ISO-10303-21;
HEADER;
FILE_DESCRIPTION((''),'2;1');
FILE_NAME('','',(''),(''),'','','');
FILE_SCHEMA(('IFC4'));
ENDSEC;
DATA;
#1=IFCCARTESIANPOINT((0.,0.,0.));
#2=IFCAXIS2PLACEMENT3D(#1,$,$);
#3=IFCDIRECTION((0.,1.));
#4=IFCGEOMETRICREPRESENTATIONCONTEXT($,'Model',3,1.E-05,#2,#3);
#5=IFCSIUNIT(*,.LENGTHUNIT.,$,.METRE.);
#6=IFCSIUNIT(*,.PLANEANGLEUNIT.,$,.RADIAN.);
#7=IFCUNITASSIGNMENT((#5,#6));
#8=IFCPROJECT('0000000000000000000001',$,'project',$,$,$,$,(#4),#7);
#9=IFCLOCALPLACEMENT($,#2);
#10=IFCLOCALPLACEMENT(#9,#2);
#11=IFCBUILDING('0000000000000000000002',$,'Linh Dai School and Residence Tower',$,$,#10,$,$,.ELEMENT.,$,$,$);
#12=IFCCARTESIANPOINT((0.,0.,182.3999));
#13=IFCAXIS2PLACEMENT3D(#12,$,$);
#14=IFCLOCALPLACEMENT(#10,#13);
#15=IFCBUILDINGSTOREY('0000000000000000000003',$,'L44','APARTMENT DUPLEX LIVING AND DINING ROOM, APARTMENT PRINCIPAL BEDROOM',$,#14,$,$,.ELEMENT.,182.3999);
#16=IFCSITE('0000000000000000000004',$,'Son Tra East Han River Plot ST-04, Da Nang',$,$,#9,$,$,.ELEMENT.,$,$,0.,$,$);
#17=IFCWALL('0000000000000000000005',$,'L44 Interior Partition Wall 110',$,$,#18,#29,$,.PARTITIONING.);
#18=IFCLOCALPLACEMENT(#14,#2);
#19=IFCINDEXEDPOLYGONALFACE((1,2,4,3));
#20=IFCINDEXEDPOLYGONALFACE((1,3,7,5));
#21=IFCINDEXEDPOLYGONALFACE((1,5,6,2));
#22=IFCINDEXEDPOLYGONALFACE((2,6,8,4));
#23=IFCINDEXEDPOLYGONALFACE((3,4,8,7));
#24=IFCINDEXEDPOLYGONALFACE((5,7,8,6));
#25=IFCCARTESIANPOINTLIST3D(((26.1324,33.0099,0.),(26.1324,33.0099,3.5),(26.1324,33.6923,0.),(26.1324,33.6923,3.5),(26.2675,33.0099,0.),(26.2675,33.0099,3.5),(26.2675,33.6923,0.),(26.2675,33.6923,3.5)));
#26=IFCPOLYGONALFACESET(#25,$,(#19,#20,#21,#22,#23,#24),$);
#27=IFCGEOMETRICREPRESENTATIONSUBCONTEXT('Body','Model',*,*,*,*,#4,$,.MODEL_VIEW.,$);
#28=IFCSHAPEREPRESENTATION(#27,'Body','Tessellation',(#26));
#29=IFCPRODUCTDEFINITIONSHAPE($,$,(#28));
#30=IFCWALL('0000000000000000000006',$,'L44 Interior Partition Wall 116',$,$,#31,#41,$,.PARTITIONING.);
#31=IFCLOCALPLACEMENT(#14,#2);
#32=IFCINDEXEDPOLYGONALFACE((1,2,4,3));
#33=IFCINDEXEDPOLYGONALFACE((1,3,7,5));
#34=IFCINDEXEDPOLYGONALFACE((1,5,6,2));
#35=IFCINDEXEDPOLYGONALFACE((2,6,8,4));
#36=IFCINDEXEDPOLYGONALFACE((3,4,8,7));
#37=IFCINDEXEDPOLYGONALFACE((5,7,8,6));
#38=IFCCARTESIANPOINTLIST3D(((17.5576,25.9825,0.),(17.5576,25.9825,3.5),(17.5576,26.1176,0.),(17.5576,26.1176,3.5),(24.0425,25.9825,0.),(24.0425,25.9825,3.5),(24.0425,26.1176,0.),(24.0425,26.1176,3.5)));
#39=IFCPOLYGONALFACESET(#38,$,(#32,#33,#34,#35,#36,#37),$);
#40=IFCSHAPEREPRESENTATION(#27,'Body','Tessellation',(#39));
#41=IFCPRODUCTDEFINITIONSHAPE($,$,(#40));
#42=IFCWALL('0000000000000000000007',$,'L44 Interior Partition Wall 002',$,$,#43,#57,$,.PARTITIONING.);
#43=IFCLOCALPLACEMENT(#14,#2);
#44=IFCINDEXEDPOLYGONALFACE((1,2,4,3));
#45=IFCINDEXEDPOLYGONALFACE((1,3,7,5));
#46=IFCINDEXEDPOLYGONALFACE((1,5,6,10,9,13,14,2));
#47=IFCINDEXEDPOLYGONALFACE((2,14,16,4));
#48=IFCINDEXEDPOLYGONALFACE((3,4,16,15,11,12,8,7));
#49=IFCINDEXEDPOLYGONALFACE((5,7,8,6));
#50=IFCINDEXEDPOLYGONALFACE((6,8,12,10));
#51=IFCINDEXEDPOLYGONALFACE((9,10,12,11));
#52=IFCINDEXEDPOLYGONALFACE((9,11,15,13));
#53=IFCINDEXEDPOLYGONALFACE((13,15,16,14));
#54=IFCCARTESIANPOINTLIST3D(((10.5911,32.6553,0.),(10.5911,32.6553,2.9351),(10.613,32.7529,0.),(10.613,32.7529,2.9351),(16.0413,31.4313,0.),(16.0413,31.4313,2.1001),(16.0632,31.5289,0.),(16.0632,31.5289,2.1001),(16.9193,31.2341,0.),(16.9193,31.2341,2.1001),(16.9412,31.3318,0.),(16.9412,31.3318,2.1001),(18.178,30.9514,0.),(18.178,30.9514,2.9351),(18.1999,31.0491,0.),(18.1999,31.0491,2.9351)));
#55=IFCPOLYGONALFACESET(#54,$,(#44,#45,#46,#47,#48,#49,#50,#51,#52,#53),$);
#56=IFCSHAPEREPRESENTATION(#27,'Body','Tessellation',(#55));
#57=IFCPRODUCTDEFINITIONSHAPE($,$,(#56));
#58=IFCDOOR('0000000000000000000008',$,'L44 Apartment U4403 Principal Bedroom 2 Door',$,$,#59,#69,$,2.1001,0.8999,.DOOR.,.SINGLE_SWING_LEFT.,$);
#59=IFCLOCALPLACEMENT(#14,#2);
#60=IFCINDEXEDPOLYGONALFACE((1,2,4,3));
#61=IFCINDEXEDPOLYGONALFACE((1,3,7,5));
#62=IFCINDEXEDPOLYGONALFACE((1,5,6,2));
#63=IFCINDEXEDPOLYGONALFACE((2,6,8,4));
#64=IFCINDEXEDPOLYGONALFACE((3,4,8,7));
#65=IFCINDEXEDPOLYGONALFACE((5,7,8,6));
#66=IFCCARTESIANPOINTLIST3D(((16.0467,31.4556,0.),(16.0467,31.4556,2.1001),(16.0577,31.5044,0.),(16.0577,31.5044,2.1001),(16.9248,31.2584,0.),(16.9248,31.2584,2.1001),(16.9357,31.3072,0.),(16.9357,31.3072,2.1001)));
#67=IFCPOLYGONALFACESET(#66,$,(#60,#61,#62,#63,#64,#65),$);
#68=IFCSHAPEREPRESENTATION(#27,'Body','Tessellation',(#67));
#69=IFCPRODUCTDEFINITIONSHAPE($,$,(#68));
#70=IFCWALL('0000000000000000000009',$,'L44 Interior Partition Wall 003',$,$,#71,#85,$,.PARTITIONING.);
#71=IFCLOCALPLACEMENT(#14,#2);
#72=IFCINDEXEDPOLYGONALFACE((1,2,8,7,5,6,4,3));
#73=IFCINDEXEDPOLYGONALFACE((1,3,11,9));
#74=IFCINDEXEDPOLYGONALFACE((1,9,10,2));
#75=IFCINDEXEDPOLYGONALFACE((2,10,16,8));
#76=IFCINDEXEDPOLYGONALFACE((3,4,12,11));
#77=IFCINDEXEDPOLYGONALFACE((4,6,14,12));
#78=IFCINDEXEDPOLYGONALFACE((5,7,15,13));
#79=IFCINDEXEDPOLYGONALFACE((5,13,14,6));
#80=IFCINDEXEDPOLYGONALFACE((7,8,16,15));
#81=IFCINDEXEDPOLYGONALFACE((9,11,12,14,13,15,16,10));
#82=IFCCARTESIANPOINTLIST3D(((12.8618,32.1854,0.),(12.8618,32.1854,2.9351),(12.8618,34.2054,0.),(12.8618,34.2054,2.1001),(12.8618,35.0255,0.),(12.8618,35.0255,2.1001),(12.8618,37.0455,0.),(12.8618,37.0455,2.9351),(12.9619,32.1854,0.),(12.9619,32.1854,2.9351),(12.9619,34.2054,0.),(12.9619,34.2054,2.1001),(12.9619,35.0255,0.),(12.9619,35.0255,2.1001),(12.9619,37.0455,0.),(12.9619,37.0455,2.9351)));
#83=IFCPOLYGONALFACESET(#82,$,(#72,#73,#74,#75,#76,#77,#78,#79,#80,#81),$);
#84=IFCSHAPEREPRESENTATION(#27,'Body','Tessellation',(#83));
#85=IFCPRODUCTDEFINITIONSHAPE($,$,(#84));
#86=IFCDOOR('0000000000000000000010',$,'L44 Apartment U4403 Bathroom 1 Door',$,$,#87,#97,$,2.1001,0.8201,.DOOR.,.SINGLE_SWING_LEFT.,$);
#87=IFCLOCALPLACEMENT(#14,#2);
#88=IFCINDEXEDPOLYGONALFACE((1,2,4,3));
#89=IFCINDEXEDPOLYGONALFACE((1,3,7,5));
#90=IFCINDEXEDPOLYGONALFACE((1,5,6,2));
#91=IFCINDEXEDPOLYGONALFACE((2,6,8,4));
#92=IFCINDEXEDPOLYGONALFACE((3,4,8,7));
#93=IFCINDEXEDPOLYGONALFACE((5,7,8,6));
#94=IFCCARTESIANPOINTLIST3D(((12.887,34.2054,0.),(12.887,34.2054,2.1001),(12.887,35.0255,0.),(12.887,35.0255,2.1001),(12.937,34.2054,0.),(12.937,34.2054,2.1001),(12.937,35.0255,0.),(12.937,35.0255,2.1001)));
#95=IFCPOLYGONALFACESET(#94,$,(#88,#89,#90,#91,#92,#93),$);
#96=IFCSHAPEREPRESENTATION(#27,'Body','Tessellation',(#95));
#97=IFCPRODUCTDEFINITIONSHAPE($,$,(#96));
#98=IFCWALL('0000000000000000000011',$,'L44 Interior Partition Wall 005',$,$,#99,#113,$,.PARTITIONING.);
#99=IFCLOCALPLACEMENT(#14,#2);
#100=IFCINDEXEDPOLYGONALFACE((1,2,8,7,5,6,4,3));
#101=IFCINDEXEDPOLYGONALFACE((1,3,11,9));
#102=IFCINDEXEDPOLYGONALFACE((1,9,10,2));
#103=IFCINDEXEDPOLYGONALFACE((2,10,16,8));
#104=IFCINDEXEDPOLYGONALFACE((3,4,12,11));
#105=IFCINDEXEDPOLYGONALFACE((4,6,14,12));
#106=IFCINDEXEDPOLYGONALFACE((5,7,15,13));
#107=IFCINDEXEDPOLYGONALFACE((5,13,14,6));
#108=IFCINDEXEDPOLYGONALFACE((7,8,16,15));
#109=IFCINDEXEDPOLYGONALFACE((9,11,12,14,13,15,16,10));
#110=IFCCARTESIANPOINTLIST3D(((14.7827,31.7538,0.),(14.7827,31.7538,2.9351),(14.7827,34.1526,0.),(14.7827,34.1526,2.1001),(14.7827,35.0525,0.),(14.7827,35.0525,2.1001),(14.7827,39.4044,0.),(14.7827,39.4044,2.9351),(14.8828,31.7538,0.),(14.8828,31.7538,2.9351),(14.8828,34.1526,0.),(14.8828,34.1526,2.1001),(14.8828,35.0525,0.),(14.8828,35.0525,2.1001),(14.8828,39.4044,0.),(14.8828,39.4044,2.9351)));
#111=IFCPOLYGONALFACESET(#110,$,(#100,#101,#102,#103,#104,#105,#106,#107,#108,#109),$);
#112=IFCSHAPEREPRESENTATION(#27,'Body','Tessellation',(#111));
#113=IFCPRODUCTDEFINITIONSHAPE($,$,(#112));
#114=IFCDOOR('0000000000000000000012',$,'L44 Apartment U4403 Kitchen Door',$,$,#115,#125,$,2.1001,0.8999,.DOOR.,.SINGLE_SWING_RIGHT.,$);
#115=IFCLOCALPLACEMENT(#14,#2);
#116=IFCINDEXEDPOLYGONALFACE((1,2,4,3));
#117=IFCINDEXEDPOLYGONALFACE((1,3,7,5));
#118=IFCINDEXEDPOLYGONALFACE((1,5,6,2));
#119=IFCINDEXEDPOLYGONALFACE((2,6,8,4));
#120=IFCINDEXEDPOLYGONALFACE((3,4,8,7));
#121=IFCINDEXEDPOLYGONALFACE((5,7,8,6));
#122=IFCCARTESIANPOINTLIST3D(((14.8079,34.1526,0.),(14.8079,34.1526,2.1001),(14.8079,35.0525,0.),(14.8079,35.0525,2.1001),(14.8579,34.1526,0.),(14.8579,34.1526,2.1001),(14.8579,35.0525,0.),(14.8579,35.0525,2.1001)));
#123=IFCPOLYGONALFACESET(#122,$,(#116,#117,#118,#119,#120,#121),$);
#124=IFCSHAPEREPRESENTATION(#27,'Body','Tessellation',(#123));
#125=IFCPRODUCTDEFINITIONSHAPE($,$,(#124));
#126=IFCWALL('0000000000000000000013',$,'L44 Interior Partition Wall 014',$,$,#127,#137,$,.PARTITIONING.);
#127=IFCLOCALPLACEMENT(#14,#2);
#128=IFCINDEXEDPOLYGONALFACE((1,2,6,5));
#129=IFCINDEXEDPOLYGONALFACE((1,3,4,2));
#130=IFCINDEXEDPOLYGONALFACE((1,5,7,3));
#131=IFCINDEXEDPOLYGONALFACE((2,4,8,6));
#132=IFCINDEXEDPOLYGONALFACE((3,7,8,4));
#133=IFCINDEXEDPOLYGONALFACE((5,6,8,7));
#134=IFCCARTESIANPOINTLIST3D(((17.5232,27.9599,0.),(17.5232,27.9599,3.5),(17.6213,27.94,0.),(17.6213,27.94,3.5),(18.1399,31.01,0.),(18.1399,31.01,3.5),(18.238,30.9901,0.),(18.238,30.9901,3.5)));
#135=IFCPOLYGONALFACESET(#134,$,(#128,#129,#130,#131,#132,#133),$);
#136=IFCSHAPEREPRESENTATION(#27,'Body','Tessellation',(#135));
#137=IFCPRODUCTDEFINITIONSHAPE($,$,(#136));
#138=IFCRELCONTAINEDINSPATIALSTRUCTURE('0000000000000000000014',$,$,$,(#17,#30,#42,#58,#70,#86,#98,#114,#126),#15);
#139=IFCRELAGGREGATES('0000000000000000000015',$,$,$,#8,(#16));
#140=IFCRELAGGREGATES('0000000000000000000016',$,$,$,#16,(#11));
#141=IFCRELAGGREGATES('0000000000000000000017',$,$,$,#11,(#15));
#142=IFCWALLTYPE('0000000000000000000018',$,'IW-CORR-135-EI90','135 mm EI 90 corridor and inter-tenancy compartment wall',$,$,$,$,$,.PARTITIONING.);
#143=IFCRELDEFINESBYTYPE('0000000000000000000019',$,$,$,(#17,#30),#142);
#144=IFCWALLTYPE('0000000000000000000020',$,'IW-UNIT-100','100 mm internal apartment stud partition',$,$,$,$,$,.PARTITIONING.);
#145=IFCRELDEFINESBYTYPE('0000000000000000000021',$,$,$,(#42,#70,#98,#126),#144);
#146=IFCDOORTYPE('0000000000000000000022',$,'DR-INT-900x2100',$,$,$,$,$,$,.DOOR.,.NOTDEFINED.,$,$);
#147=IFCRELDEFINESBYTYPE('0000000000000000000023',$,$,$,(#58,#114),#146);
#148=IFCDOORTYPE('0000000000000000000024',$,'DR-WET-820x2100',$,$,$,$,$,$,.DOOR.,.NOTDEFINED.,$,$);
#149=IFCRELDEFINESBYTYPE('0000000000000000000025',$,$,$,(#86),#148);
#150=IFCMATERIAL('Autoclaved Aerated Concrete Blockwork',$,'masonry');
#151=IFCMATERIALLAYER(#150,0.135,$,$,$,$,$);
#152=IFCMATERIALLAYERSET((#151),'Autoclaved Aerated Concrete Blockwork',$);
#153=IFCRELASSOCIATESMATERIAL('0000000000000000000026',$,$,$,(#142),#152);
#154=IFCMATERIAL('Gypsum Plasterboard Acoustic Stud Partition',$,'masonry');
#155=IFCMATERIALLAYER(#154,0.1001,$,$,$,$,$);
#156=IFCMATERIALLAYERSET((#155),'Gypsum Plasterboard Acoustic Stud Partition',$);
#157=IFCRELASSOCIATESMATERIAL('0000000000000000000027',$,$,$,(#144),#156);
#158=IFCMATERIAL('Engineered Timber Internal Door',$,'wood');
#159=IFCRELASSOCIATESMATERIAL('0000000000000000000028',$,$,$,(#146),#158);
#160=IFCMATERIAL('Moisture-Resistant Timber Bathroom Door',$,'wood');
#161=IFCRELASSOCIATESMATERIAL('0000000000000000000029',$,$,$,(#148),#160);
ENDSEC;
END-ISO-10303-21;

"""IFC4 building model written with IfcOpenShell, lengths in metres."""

from ifc_helpers import new_model, si_unit, direction, frame, frame_2d, origin, origin_2d, place, context, subcontext, project, spatial, rectangle, extrude, source, transform, mapped, material, layer, layer_set, type_object, element, fill, save


model = new_model("IFC4")

# Units and contexts
model_context = context("Model", 3, precision=1e-05, world=origin(), true_north=direction((0.0, 1.0)))
body_context = subcontext(model_context, "Body", "Model", "MODEL_VIEW")
ifc_project = project(units=[si_unit("LENGTHUNIT", "METRE"), si_unit("PLANEANGLEUNIT", "RADIAN")], contexts=[model_context])

# Site, building, storey
site_placement = place(None, origin())
site = spatial("IfcSite", under=ifc_project, at=site_placement, Name="Son Tra East Han River Plot ST-04, Da Nang", CompositionType="ELEMENT", RefElevation=0.0)
building_placement = place(site_placement, origin())
building = spatial("IfcBuilding", under=site, at=building_placement, Name="Linh Dai School and Residence Tower", CompositionType="ELEMENT")
storey_placement = place(building_placement, frame((0.0, 0.0, 182.3999)))
storey = spatial("IfcBuildingStorey", under=building, at=storey_placement, Name="L44", Description="APARTMENT DUPLEX LIVING AND DINING ROOM, APARTMENT PRINCIPAL BEDROOM", CompositionType="ELEMENT", Elevation=182.3999)

# Shared definitions
ifc_material_1 = material(Name="Autoclaved Aerated Concrete Blockwork", Category="masonry")
ifc_layer_1 = layer(ifc_material_1, 0.135)
ifc_layer_set_1 = layer_set([ifc_layer_1], Name="Autoclaved Aerated Concrete Blockwork")
wall_type_1 = type_object("IfcWallType", Name="IW-CORR-135-EI90", Description="135 mm EI 90 corridor and inter-tenancy compartment wall", PredefinedType="PARTITIONING", material=ifc_layer_set_1)

# Walls
wall_1_placement = place(storey_placement, frame((26.2, 33.6924, 0.0), z_axis=(0.0, 0.0, 1.0), x_axis=(0.0, -1.0, 0.0)))
element("IfcWall", 1, at=wall_1_placement, inside=storey, type_object=wall_type_1, Name="L44 Interior Partition Wall 110", PredefinedType="PARTITIONING", context=body_context, shape_type="SweptSolid", body=[
    extrude(rectangle(XDim=0.6824, YDim=0.135, at=frame_2d((0.3413, 0.0))), origin(), (0.0, 0.0, 1.0), 3.5),
])
wall_2_placement = place(storey_placement, frame((24.0425, 26.05, 0.0), z_axis=(0.0, 0.0, 1.0), x_axis=(-1.0, 0.0, 0.0)))
element("IfcWall", 2, at=wall_2_placement, inside=storey, type_object=wall_type_1, Name="L44 Interior Partition Wall 116", PredefinedType="PARTITIONING", context=body_context, shape_type="SweptSolid", body=[
    extrude(rectangle(XDim=6.4849, YDim=0.135, at=frame_2d((3.2424, 0.0))), origin(), (0.0, 0.0, 1.0), 3.5),
])

# Walls, openings, doors
ifc_material_2 = material(Name="Gypsum Plasterboard Acoustic Stud Partition", Category="masonry")
ifc_layer_2 = layer(ifc_material_2, 0.1001)
ifc_layer_set_2 = layer_set([ifc_layer_2], Name="Gypsum Plasterboard Acoustic Stud Partition")
wall_type_2 = type_object("IfcWallType", Name="IW-UNIT-100", Description="100 mm internal apartment stud partition", PredefinedType="PARTITIONING", material=ifc_layer_set_2)
wall_3_placement = place(storey_placement, frame((10.6021, 32.7041, 0.0), z_axis=(0.0, 0.0, 1.0), x_axis=(0.975698, -0.219121, 0.0)))
wall_3 = element("IfcWall", 3, at=wall_3_placement, inside=storey, type_object=wall_type_2, Name="L44 Interior Partition Wall 002", PredefinedType="PARTITIONING", context=body_context, shape_type="SweptSolid", body=[
    extrude(rectangle(XDim=7.7759, YDim=0.1001, at=frame_2d((3.8879, 0.0))), origin(), (0.0, 0.0, 1.0), 2.9351),
])
opening_1_placement = place(wall_3_placement, frame((5.5859, 0.0, 0.0)))
opening_1 = element("IfcOpeningElement", 4, at=opening_1_placement, cuts=wall_3, PredefinedType="OPENING", context=body_context, shape_type="SweptSolid", body=[
    extrude(rectangle(XDim=0.8999, YDim=2.1001, at=origin_2d()), frame((0.45, 0.0601, 1.05), z_axis=(0.0, -1.0, 0.0), x_axis=(1.0, 0.0, 0.0)), (0.0, 0.0, 1.0), 0.1201),
])
ifc_material_3 = material(Name="Engineered Timber Internal Door", Category="wood")
door_type_1 = type_object("IfcDoorType", Name="DR-INT-900x2100", OperationType="NOTDEFINED", PredefinedType="DOOR", material=ifc_material_3)
shared_shape_1 = source(origin(), body_context, "Body", "SweptSolid", [
    extrude(rectangle(XDim=0.8999, YDim=2.1001, at=origin_2d()), frame((0.45, 0.0249, 1.05), z_axis=(0.0, -1.0, 0.0), x_axis=(1.0, 0.0, 0.0)), (0.0, 0.0, 1.0), 0.05),
])
door_1_placement = place(opening_1_placement, origin())
door_1 = element("IfcDoor", 5, at=door_1_placement, inside=storey, type_object=door_type_1, Name="L44 Apartment U4403 Principal Bedroom 2 Door", OperationType="SINGLE_SWING_LEFT", OverallHeight=2.1001, OverallWidth=0.8999, PredefinedType="DOOR", context=body_context, shape_type="MappedRepresentation", body=[
    mapped(shared_shape_1, transform((0.0, 0.0, 0.0), x_axis=(1.0, 0.0, 0.0), y_axis=(0.0, 1.0, 0.0), z_axis=(0.0, 0.0, 1.0), scale=1.0)),
])
fill(opening_1, door_1)
wall_4_placement = place(storey_placement, frame((12.9119, 32.1853, 0.0), z_axis=(0.0, 0.0, 1.0), x_axis=(0.0, 1.0, 0.0)))
wall_4 = element("IfcWall", 6, at=wall_4_placement, inside=storey, type_object=wall_type_2, Name="L44 Interior Partition Wall 003", PredefinedType="PARTITIONING", context=body_context, shape_type="SweptSolid", body=[
    extrude(rectangle(XDim=4.8601, YDim=0.1001, at=frame_2d((2.4302, 0.0))), origin(), (0.0, 0.0, 1.0), 2.9351),
])
opening_2_placement = place(wall_4_placement, frame((2.02, 0.0, 0.0)))
opening_2 = element("IfcOpeningElement", 7, at=opening_2_placement, cuts=wall_4, PredefinedType="OPENING", context=body_context, shape_type="SweptSolid", body=[
    extrude(rectangle(XDim=0.8201, YDim=2.1001, at=origin_2d()), frame((0.4102, 0.0601, 1.05), z_axis=(0.0, -1.0, 0.0), x_axis=(1.0, 0.0, 0.0)), (0.0, 0.0, 1.0), 0.1201),
])
ifc_material_4 = material(Name="Moisture-Resistant Timber Bathroom Door", Category="wood")
door_type_2 = type_object("IfcDoorType", Name="DR-WET-820x2100", OperationType="NOTDEFINED", PredefinedType="DOOR", material=ifc_material_4)
shared_shape_2 = source(origin(), body_context, "Body", "SweptSolid", [
    extrude(rectangle(XDim=0.8201, YDim=2.1001, at=origin_2d()), frame((0.4102, 0.0249, 1.05), z_axis=(0.0, -1.0, 0.0), x_axis=(1.0, 0.0, 0.0)), (0.0, 0.0, 1.0), 0.05),
])
door_2_placement = place(opening_2_placement, origin())
door_2 = element("IfcDoor", 8, at=door_2_placement, inside=storey, type_object=door_type_2, Name="L44 Apartment U4403 Bathroom 1 Door", OperationType="SINGLE_SWING_LEFT", OverallHeight=2.1001, OverallWidth=0.8201, PredefinedType="DOOR", context=body_context, shape_type="MappedRepresentation", body=[
    mapped(shared_shape_2, transform((0.0, 0.0, 0.0), x_axis=(1.0, 0.0, 0.0), y_axis=(0.0, 1.0, 0.0), z_axis=(0.0, 0.0, 1.0), scale=1.0)),
])
fill(opening_2, door_2)
wall_5_placement = place(storey_placement, frame((14.8328, 31.7539, 0.0), z_axis=(0.0, 0.0, 1.0), x_axis=(0.0, 1.0, 0.0)))
wall_5 = element("IfcWall", 9, at=wall_5_placement, inside=storey, type_object=wall_type_2, Name="L44 Interior Partition Wall 005", PredefinedType="PARTITIONING", context=body_context, shape_type="SweptSolid", body=[
    extrude(rectangle(XDim=7.6506, YDim=0.1001, at=frame_2d((3.8252, 0.0))), origin(), (0.0, 0.0, 1.0), 2.9351),
])
opening_3_placement = place(wall_5_placement, frame((2.3987, 0.0, 0.0)))
opening_3 = element("IfcOpeningElement", 10, at=opening_3_placement, cuts=wall_5, PredefinedType="OPENING", context=body_context, shape_type="SweptSolid", body=[
    extrude(rectangle(XDim=0.8999, YDim=2.1001, at=origin_2d()), frame((0.45, 0.0601, 1.05), z_axis=(0.0, -1.0, 0.0), x_axis=(1.0, 0.0, 0.0)), (0.0, 0.0, 1.0), 0.1201),
])
door_3_placement = place(opening_3_placement, origin())
door_3 = element("IfcDoor", 11, at=door_3_placement, inside=storey, type_object=door_type_1, Name="L44 Apartment U4403 Kitchen Door", OperationType="SINGLE_SWING_RIGHT", OverallHeight=2.1001, OverallWidth=0.8999, PredefinedType="DOOR", context=body_context, shape_type="MappedRepresentation", body=[
    mapped(shared_shape_1, transform((0.0, 0.0, 0.0), x_axis=(1.0, 0.0, 0.0), y_axis=(0.0, 1.0, 0.0), z_axis=(0.0, 0.0, 1.0), scale=1.0)),
])
fill(opening_3, door_3)

# Wall
wall_6_placement = place(storey_placement, frame((17.5723, 27.95, 0.0), z_axis=(0.0, 0.0, 1.0), x_axis=(0.198183, 0.980165, 0.0)))
element("IfcWall", 12, at=wall_6_placement, inside=storey, type_object=wall_type_2, Name="L44 Interior Partition Wall 014", PredefinedType="PARTITIONING", context=body_context, shape_type="SweptSolid", body=[
    extrude(rectangle(XDim=3.1118, YDim=0.1001, at=frame_2d((1.5559, 0.0))), origin(), (0.0, 0.0, 1.0), 3.5),
])

save(model, "model.ifc")
